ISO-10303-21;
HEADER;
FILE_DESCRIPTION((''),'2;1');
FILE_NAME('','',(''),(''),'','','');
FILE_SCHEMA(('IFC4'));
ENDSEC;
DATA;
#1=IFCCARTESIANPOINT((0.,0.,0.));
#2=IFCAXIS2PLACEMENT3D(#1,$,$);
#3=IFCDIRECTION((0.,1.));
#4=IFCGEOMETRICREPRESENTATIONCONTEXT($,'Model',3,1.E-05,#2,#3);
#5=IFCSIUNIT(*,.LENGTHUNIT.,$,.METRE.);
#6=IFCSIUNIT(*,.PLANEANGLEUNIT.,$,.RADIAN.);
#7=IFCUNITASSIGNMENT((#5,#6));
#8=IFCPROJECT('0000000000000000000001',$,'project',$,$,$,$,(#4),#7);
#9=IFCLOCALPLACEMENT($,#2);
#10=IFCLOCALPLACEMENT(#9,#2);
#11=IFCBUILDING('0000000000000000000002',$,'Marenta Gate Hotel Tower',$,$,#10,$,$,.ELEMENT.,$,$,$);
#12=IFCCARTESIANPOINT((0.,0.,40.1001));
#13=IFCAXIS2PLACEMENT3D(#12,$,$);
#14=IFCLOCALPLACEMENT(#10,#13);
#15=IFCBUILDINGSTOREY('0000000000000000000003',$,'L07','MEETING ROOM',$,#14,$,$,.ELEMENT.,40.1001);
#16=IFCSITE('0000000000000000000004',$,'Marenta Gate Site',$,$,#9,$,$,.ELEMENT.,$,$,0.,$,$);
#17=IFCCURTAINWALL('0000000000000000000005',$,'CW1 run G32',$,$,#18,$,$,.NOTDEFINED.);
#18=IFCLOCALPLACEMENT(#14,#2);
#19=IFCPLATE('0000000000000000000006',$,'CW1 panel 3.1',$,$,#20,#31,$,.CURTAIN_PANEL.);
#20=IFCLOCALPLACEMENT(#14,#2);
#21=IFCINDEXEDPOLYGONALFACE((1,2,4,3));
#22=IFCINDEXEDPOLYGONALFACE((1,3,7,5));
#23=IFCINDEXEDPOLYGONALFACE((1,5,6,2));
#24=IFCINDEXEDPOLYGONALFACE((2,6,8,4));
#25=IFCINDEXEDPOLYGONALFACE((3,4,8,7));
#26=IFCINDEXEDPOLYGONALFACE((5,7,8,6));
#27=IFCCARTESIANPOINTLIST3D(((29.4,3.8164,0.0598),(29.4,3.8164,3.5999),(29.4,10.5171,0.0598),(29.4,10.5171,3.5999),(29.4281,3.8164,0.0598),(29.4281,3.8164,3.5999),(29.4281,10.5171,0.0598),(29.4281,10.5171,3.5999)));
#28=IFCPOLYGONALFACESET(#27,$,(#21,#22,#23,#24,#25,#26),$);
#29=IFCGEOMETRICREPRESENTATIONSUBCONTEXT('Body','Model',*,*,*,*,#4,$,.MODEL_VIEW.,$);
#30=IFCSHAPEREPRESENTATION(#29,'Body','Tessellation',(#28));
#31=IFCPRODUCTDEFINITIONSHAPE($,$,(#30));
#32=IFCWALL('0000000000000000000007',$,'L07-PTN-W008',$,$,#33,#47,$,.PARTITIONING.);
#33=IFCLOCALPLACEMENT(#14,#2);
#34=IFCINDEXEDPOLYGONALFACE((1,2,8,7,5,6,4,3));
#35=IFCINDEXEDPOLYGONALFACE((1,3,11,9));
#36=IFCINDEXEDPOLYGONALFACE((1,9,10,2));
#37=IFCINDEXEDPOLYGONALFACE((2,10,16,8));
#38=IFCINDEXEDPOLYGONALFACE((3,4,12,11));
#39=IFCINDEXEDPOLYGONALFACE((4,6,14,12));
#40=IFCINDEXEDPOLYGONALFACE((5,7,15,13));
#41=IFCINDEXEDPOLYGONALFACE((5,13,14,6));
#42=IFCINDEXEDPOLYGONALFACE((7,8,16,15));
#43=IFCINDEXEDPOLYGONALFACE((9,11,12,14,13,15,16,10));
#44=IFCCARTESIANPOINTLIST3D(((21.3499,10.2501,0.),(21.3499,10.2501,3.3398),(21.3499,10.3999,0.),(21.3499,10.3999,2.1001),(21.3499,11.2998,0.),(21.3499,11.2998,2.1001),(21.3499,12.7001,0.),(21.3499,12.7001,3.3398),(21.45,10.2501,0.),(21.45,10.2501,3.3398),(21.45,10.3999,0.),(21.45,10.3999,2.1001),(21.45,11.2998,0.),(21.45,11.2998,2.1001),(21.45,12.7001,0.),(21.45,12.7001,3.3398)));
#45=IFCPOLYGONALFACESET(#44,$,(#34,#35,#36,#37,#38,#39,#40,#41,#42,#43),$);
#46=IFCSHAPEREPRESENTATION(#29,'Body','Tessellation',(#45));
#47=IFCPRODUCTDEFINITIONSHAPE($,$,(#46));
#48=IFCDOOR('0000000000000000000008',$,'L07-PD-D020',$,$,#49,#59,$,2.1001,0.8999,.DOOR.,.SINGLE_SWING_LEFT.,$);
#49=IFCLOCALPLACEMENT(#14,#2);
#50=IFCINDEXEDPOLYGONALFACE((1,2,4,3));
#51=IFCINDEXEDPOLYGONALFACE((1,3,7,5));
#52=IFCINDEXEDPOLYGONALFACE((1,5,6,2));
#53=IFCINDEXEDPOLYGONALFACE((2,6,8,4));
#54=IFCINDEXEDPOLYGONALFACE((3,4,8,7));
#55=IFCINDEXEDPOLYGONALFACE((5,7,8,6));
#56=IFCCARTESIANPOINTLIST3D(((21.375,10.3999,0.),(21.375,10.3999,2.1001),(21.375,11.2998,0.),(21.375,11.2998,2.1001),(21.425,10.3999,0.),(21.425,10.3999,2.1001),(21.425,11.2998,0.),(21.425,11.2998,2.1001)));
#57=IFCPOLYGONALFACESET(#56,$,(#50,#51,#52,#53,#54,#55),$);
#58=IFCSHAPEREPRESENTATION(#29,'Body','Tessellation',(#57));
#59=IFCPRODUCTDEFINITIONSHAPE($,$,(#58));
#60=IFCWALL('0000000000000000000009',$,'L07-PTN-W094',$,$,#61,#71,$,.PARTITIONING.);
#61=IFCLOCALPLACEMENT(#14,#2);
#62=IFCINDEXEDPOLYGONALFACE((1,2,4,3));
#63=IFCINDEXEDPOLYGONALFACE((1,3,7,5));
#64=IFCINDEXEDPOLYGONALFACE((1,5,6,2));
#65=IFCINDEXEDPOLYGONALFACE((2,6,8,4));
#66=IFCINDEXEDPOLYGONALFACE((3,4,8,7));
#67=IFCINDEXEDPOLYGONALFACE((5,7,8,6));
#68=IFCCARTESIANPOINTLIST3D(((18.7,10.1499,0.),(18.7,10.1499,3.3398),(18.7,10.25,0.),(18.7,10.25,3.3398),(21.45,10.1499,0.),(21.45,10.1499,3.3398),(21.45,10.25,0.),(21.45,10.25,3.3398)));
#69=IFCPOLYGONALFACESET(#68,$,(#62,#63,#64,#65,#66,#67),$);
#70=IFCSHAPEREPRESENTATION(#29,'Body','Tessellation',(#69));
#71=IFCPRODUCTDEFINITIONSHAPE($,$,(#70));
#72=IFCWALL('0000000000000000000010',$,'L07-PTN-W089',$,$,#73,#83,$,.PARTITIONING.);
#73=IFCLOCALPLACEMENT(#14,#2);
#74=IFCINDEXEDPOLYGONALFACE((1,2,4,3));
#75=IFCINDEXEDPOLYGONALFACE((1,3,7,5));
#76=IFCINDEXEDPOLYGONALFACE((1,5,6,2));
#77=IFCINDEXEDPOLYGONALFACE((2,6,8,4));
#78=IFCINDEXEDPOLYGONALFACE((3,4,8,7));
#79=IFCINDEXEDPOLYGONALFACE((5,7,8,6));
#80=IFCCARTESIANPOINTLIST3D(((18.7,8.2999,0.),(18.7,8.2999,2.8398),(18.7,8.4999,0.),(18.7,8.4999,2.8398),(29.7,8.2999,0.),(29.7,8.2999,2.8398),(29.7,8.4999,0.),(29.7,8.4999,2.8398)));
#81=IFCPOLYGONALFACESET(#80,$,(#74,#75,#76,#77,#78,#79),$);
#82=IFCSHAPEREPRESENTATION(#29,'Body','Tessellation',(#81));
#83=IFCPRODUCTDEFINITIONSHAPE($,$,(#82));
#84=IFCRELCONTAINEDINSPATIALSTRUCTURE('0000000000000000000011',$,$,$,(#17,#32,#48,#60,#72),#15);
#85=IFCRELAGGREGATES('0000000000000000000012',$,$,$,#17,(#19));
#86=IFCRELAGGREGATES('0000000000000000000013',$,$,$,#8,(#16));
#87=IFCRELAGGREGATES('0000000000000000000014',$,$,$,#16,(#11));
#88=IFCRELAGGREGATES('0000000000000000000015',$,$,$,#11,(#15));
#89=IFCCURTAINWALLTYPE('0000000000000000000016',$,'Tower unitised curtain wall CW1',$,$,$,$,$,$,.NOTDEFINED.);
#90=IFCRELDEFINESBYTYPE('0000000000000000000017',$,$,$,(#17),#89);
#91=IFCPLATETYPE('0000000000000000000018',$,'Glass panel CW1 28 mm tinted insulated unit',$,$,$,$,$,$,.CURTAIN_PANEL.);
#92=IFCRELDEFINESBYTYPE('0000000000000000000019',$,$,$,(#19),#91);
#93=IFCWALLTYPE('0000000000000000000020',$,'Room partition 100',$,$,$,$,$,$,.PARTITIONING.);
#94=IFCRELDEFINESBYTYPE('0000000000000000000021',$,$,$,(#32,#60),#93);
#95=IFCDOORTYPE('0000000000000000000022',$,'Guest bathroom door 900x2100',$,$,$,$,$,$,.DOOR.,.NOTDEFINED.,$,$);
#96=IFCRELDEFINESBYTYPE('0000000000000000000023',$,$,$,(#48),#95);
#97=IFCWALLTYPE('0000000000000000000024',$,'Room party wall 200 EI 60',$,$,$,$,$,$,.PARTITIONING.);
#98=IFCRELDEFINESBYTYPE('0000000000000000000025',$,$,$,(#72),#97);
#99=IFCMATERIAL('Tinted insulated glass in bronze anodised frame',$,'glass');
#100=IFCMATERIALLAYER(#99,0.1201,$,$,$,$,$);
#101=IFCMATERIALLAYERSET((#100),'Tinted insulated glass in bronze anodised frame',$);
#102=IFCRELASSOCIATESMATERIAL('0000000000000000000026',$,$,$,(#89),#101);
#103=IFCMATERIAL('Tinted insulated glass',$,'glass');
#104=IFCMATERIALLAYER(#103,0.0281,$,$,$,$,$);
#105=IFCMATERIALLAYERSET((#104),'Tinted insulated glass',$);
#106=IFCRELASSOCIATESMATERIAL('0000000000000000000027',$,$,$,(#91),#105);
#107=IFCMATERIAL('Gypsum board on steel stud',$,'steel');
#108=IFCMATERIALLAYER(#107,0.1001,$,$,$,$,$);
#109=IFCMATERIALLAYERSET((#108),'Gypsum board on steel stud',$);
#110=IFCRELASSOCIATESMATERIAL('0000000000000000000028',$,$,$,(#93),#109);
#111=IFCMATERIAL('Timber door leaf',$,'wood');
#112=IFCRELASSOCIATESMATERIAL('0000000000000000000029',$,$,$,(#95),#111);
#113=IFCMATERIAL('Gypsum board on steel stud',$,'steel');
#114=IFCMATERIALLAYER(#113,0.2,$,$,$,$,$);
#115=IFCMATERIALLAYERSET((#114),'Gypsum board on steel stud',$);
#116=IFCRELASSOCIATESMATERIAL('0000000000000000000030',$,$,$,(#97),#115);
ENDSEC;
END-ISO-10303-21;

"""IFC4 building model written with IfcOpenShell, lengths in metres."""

from ifc_helpers import new_model, si_unit, direction, frame, frame_2d, origin, origin_2d, place, context, subcontext, project, spatial, rectangle, extrude, material, layer, layer_set, type_object, element, fill, aggregate, save


model = new_model("IFC4")

# Units and contexts
model_context = context("Model", 3, precision=1e-05, world=origin(), true_north=direction((0.0, 1.0)))
body_context = subcontext(model_context, "Body", "Model", "MODEL_VIEW")
ifc_project = project(units=[si_unit("LENGTHUNIT", "METRE"), si_unit("PLANEANGLEUNIT", "RADIAN")], contexts=[model_context])

# Site, building, storey
site_placement = place(None, origin())
site = spatial("IfcSite", under=ifc_project, at=site_placement, Name="Marenta Gate Site", CompositionType="ELEMENT", RefElevation=0.0)
building_placement = place(site_placement, origin())
building = spatial("IfcBuilding", under=site, at=building_placement, Name="Marenta Gate Hotel Tower", CompositionType="ELEMENT")
storey_placement = place(building_placement, frame((0.0, 0.0, 40.1001)))
storey = spatial("IfcBuildingStorey", under=building, at=storey_placement, Name="L07", Description="MEETING ROOM", CompositionType="ELEMENT", Elevation=40.1001)

# Curtain wall, plate
ifc_material_1 = material(Name="Tinted insulated glass in bronze anodised frame", Category="glass")
ifc_layer_1 = layer(ifc_material_1, 0.1201)
ifc_layer_set_1 = layer_set([ifc_layer_1], Name="Tinted insulated glass in bronze anodised frame")
curtain_wall_type = type_object("IfcCurtainWallType", Name="Tower unitised curtain wall CW1", PredefinedType="NOTDEFINED", material=ifc_layer_set_1)
curtain_wall_placement = place(storey_placement, origin())
curtain_wall = element("IfcCurtainWall", 1, at=curtain_wall_placement, inside=storey, type_object=curtain_wall_type, Name="CW1 run G32", PredefinedType="NOTDEFINED")
ifc_material_2 = material(Name="Tinted insulated glass", Category="glass")
ifc_layer_2 = layer(ifc_material_2, 0.0281)
ifc_layer_set_2 = layer_set([ifc_layer_2], Name="Tinted insulated glass")
plate_type = type_object("IfcPlateType", Name="Glass panel CW1 28 mm tinted insulated unit", PredefinedType="CURTAIN_PANEL", material=ifc_layer_set_2)
plate_1_placement = place(storey_placement, frame((29.4141, 7.1667, 0.0598), z_axis=(0.0, 0.0, 1.0), x_axis=(0.0, 1.0, 0.0)))
plate_1 = element("IfcPlate", 2, at=plate_1_placement, type_object=plate_type, Name="CW1 panel 3.1", PredefinedType="CURTAIN_PANEL", context=body_context, shape_type="SweptSolid", body=[
    extrude(rectangle(XDim=6.7007, YDim=0.0281, at=origin_2d()), origin(), (0.0, 0.0, 1.0), 3.54),
])
aggregate(curtain_wall, [plate_1])

# Wall, opening, door
ifc_material_3 = material(Name="Gypsum board on steel stud", Category="steel")
ifc_layer_3 = layer(ifc_material_3, 0.1001)
ifc_layer_set_3 = layer_set([ifc_layer_3], Name="Gypsum board on steel stud")
wall_type_1 = type_object("IfcWallType", Name="Room partition 100", PredefinedType="PARTITIONING", material=ifc_layer_set_3)
wall_1_placement = place(storey_placement, frame((21.3999, 10.25, 0.0), z_axis=(0.0, 0.0, 1.0), x_axis=(0.0, 1.0, 0.0)))
wall_1 = element("IfcWall", 3, at=wall_1_placement, inside=storey, type_object=wall_type_1, Name="L07-PTN-W008", PredefinedType="PARTITIONING", context=body_context, shape_type="SweptSolid", body=[
    extrude(rectangle(XDim=2.45, YDim=0.1001, at=frame_2d((1.2251, 0.0))), origin(), (0.0, 0.0, 1.0), 3.3398),
])
opening_placement = place(wall_1_placement, frame((0.1499, 0.0, 0.0)))
opening = element("IfcOpeningElement", 4, at=opening_placement, cuts=wall_1, PredefinedType="OPENING", context=body_context, shape_type="SweptSolid", body=[
    extrude(rectangle(XDim=0.8999, YDim=2.1001, at=frame_2d((0.45, 1.05))), frame((0.0, 0.05, 0.0), z_axis=(0.0, -1.0, 0.0), x_axis=(1.0, 0.0, 0.0)), (0.0, 0.0, 1.0), 0.1001),
])
ifc_material_4 = material(Name="Timber door leaf", Category="wood")
door_type = type_object("IfcDoorType", Name="Guest bathroom door 900x2100", OperationType="NOTDEFINED", PredefinedType="DOOR", material=ifc_material_4)
door_placement = place(opening_placement, origin())
door = element("IfcDoor", 5, at=door_placement, inside=storey, type_object=door_type, Name="L07-PD-D020", OperationType="SINGLE_SWING_LEFT", OverallHeight=2.1001, OverallWidth=0.8999, PredefinedType="DOOR", context=body_context, shape_type="SweptSolid", body=[
    extrude(rectangle(XDim=0.8999, YDim=2.1001, at=frame_2d((0.45, 1.05))), frame((0.0, 0.0249, 0.0), z_axis=(0.0, -1.0, 0.0), x_axis=(1.0, 0.0, 0.0)), (0.0, 0.0, 1.0), 0.05),
])
fill(opening, door)

# Walls
wall_2_placement = place(storey_placement, frame((18.7, 10.2, 0.0), z_axis=(0.0, 0.0, 1.0), x_axis=(1.0, 0.0, 0.0)))
element("IfcWall", 6, at=wall_2_placement, inside=storey, type_object=wall_type_1, Name="L07-PTN-W094", PredefinedType="PARTITIONING", context=body_context, shape_type="SweptSolid", body=[
    extrude(rectangle(XDim=2.75, YDim=0.1001, at=frame_2d((1.375, 0.0))), origin(), (0.0, 0.0, 1.0), 3.3398),
])
ifc_material_5 = material(Name="Gypsum board on steel stud", Category="steel")
ifc_layer_4 = layer(ifc_material_5, 0.2)
ifc_layer_set_4 = layer_set([ifc_layer_4], Name="Gypsum board on steel stud")
wall_type_2 = type_object("IfcWallType", Name="Room party wall 200 EI 60", PredefinedType="PARTITIONING", material=ifc_layer_set_4)
wall_3_placement = place(storey_placement, frame((18.7, 8.3999, 0.0), z_axis=(0.0, 0.0, 1.0), x_axis=(1.0, 0.0, 0.0)))
element("IfcWall", 7, at=wall_3_placement, inside=storey, type_object=wall_type_2, Name="L07-PTN-W089", PredefinedType="PARTITIONING", context=body_context, shape_type="SweptSolid", body=[
    extrude(rectangle(XDim=11.0, YDim=0.2, at=frame_2d((5.5, 0.0))), origin(), (0.0, 0.0, 1.0), 2.8398),
])

save(model, "model.ifc")
